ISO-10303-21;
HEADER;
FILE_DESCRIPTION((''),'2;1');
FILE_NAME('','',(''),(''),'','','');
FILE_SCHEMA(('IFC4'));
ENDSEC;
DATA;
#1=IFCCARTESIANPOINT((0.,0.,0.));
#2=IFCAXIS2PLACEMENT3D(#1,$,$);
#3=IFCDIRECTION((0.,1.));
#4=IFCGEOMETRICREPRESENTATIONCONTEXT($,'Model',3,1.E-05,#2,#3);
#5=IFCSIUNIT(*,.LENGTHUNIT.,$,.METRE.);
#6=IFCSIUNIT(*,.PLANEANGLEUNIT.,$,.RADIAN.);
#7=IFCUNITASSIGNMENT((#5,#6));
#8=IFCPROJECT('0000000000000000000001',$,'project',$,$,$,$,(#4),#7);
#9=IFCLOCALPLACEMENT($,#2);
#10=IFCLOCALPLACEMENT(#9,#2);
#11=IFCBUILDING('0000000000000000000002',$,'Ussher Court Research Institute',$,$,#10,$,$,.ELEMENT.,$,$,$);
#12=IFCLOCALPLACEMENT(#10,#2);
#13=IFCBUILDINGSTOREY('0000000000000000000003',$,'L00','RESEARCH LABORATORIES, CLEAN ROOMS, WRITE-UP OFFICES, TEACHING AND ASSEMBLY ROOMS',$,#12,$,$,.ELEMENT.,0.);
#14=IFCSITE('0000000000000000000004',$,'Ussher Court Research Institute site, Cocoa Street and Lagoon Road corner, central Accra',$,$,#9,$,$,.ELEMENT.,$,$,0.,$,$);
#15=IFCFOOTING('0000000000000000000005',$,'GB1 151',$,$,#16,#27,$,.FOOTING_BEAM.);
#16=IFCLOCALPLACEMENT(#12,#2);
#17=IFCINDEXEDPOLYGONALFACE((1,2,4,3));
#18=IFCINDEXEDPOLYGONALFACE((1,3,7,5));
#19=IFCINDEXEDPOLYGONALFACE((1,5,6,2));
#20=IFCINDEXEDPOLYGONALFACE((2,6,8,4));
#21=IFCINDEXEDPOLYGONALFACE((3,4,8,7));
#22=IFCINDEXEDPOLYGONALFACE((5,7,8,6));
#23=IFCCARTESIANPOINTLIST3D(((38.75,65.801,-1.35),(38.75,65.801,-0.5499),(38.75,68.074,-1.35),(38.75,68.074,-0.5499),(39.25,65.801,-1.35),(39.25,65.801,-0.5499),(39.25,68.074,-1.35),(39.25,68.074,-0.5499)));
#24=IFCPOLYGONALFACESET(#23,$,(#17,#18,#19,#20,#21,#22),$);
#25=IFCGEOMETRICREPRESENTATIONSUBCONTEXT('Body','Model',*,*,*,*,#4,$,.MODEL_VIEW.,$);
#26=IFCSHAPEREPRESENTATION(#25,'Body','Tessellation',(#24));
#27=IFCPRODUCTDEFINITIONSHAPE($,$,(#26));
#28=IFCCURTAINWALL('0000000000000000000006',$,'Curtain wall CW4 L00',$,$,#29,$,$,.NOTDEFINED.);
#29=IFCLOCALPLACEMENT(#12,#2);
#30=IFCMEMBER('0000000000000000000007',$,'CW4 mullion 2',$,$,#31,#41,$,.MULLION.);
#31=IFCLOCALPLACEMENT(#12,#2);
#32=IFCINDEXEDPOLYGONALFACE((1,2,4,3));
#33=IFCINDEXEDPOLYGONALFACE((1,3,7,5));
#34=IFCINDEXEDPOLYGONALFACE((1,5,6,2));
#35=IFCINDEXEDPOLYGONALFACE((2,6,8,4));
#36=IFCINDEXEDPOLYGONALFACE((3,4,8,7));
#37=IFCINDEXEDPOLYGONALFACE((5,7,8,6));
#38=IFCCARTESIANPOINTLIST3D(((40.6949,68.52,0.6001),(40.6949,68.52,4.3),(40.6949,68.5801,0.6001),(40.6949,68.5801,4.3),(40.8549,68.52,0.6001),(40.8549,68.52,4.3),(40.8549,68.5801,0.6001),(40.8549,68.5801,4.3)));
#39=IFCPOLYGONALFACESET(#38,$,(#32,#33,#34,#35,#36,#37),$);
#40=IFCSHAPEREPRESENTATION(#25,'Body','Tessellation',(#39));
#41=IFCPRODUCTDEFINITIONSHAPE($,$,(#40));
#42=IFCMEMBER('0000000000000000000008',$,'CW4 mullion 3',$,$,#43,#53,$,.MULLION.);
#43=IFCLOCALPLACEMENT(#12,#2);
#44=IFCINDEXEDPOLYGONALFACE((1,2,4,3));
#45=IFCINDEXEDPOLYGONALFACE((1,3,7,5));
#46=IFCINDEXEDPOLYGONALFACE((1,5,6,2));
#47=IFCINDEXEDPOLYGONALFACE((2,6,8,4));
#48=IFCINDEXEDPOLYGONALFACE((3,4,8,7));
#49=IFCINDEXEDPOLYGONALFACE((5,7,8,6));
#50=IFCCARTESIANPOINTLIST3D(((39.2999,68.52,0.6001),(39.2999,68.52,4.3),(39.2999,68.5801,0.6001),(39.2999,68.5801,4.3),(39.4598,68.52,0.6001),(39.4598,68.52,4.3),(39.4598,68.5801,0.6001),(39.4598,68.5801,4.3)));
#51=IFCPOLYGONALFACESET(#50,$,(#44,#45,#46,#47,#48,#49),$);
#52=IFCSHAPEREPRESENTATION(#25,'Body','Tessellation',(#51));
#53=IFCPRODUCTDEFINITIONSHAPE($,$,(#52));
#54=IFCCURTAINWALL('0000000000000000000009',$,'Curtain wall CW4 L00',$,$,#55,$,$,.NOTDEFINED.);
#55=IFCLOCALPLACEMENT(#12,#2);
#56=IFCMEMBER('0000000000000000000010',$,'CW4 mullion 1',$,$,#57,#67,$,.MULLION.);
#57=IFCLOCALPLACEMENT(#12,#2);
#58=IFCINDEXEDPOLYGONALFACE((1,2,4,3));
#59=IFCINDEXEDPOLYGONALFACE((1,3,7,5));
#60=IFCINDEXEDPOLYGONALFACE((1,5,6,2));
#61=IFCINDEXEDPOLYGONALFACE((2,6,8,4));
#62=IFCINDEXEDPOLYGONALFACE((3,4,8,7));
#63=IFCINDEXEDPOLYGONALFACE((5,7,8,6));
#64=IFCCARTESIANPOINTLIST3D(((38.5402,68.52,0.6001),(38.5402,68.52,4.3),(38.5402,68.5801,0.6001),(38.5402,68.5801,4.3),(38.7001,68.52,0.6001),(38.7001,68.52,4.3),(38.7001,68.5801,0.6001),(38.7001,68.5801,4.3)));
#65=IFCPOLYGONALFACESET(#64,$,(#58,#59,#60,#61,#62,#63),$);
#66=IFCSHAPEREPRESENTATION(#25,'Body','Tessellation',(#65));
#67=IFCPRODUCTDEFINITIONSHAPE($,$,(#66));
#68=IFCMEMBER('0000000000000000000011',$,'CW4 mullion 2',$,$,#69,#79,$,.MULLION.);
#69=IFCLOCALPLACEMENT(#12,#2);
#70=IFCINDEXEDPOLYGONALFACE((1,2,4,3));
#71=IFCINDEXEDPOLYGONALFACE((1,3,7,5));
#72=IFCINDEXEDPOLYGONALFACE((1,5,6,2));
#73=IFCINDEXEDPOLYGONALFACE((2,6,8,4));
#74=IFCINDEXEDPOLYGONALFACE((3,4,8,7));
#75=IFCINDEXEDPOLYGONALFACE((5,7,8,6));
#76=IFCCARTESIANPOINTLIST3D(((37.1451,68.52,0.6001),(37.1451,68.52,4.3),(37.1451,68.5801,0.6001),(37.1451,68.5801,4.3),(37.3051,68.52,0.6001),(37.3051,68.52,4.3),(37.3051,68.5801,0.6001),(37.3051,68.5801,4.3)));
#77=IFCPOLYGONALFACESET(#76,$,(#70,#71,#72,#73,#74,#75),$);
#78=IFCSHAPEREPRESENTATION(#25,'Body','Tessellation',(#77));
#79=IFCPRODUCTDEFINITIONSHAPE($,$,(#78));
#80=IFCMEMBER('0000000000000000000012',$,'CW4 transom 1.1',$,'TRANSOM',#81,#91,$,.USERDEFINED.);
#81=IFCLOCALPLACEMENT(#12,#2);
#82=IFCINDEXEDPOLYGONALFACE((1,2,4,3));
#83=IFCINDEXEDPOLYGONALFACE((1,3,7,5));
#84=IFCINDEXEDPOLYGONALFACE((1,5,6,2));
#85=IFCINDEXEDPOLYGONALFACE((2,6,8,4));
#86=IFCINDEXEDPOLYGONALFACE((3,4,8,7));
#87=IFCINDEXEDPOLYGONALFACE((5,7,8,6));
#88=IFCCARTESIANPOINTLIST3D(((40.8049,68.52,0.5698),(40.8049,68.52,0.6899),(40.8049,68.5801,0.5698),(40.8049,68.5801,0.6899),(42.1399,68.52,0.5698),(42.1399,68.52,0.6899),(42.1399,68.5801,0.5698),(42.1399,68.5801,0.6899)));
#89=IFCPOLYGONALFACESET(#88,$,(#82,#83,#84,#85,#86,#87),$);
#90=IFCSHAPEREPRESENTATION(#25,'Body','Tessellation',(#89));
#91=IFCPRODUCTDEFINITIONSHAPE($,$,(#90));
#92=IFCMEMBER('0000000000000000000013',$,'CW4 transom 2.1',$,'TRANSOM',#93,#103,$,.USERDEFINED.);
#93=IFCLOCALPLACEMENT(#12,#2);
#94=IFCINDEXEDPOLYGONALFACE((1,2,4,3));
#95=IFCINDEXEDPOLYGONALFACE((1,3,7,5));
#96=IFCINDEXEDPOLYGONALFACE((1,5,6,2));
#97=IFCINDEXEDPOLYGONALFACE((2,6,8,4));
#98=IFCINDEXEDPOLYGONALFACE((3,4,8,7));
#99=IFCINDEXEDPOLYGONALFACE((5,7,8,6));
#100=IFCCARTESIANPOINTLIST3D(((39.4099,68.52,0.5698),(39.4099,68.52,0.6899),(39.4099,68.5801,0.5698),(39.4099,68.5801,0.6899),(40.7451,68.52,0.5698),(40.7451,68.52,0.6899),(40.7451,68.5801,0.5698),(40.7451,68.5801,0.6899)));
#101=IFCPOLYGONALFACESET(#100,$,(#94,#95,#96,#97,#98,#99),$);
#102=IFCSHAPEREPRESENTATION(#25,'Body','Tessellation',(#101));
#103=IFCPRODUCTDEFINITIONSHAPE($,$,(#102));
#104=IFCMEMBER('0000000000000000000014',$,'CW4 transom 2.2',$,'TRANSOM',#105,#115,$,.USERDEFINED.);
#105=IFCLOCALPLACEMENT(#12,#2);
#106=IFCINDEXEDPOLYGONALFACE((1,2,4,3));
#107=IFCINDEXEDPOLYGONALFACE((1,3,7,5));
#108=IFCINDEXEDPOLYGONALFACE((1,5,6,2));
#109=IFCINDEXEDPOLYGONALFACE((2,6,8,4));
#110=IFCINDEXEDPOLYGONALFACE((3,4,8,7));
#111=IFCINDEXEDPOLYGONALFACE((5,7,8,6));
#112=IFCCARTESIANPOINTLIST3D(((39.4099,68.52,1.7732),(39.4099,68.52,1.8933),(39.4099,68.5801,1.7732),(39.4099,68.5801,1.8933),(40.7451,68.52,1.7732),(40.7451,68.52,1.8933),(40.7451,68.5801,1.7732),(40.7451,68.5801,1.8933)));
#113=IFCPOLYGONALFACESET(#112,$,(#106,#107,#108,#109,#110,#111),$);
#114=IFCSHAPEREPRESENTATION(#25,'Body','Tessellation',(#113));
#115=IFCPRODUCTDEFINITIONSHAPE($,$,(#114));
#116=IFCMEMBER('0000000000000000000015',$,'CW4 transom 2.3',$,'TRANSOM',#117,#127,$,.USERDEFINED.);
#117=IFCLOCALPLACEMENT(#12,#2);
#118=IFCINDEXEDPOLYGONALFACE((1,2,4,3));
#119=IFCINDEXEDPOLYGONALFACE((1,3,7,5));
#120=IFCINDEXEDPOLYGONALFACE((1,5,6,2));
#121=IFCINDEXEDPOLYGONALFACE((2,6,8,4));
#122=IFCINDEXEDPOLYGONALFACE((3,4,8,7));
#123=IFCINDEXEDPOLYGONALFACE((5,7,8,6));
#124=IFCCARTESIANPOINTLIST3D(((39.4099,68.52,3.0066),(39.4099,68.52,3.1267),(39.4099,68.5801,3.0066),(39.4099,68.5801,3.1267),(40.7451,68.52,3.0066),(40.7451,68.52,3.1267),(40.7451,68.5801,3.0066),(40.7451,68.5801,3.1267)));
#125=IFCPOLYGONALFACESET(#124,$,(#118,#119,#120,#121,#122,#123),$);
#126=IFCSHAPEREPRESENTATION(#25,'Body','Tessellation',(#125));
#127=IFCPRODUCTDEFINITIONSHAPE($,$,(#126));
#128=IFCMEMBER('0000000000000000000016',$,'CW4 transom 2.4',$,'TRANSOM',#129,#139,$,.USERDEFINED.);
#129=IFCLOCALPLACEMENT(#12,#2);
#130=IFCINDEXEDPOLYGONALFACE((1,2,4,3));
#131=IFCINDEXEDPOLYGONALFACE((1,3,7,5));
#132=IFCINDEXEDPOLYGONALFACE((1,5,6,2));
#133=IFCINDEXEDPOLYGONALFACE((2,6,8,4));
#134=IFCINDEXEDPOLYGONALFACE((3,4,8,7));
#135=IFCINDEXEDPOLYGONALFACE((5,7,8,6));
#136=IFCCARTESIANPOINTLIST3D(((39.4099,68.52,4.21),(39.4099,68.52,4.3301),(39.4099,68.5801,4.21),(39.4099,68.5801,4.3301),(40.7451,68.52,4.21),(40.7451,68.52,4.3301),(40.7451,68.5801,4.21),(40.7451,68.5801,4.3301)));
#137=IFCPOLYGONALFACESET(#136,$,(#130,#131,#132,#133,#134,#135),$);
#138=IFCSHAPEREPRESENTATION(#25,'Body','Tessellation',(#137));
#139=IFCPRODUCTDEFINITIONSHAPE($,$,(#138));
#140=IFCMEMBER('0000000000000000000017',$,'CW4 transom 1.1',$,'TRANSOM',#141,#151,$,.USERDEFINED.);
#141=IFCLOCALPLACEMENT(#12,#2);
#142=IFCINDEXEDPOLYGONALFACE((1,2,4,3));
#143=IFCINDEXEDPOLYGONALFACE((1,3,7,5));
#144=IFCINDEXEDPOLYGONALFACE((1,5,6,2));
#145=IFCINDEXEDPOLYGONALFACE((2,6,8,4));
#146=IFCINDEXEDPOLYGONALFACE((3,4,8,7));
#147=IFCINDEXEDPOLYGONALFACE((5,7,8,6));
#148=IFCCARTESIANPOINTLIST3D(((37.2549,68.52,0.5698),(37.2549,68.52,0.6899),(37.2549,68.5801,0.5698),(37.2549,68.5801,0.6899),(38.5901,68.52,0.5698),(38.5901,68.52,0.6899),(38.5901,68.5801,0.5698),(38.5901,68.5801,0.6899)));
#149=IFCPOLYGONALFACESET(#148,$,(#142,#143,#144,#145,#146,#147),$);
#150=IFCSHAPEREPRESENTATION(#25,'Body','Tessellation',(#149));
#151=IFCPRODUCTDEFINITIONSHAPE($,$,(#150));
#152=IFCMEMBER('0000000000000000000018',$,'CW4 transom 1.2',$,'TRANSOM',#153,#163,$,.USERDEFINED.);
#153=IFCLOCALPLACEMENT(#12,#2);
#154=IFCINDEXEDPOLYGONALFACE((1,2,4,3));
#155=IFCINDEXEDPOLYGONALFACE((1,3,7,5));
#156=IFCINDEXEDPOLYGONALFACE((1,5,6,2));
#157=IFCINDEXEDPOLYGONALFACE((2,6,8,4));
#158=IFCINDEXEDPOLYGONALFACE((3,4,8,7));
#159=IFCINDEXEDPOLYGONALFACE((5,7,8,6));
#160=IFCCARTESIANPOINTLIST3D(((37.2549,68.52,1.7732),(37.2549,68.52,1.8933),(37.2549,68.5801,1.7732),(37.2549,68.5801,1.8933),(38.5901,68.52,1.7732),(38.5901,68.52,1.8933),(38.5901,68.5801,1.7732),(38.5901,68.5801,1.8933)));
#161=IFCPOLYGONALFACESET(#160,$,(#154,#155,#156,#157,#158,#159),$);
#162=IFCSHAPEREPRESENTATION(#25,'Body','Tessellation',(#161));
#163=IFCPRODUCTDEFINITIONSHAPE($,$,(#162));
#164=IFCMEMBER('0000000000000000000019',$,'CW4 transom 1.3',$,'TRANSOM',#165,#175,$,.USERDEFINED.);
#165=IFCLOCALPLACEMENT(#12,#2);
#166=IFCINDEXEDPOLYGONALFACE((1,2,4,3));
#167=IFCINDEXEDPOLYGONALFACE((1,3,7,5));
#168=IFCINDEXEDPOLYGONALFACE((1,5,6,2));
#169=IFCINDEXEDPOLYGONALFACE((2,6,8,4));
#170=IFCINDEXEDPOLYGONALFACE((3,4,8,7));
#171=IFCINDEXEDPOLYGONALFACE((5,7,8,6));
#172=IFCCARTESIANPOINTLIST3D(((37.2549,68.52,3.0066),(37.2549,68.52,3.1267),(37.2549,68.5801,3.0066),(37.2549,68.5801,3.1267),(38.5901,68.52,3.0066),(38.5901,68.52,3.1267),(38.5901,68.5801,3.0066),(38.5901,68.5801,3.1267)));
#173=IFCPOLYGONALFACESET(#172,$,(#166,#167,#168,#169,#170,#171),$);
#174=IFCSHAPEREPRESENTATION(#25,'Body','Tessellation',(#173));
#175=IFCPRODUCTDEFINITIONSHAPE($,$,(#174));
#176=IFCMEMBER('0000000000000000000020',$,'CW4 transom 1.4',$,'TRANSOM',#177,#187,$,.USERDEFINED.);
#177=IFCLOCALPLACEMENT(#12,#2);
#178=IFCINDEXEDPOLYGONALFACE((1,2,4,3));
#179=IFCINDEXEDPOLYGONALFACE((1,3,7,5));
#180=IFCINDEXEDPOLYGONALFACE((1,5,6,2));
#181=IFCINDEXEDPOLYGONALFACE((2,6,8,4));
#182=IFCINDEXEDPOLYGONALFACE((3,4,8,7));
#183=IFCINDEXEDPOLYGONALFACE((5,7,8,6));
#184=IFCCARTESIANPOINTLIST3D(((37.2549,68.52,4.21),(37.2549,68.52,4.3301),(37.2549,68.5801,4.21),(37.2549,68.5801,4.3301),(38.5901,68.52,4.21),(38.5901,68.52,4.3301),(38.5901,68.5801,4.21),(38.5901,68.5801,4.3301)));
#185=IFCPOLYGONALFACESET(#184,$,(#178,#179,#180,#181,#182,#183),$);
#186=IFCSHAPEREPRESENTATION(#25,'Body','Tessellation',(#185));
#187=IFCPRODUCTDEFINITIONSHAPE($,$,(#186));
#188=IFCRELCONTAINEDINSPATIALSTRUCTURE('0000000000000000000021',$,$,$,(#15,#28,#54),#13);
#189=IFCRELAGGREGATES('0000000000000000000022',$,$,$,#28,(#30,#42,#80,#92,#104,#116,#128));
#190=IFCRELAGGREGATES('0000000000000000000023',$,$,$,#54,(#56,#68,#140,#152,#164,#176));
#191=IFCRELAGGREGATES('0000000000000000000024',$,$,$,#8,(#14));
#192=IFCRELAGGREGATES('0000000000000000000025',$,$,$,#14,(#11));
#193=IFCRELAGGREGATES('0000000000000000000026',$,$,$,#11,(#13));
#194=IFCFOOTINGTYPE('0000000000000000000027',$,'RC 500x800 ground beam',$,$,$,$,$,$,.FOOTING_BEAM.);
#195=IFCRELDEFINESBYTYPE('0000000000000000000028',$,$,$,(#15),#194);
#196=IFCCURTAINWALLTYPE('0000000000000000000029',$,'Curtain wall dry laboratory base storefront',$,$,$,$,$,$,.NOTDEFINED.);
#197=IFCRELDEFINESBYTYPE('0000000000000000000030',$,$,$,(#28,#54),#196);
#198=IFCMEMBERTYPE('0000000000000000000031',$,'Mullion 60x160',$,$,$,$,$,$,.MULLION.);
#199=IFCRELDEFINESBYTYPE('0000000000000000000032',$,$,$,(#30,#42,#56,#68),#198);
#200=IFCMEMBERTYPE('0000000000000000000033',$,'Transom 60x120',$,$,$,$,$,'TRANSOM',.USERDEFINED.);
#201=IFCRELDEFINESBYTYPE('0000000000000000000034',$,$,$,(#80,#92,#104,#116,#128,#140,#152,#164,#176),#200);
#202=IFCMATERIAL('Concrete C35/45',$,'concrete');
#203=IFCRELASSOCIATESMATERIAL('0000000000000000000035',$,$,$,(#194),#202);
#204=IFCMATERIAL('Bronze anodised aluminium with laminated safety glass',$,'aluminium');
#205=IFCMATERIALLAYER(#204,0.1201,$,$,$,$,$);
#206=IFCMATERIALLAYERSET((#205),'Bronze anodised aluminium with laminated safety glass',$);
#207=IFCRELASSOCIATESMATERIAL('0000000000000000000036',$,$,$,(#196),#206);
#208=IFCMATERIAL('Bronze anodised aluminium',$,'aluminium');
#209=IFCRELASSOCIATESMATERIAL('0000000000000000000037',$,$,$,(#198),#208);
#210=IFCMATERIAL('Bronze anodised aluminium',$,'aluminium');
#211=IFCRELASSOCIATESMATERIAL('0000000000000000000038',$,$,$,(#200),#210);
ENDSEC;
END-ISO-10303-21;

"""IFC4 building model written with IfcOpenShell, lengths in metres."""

from ifc_helpers import new_model, si_unit, direction, frame, origin, origin_2d, place, context, subcontext, project, spatial, rectangle, extrude, material, layer, layer_set, material_profile, profile_set, type_object, element, aggregate, save


model = new_model("IFC4")

# Units and contexts
model_context = context("Model", 3, precision=1e-05, world=origin(), true_north=direction((0.0, 1.0)))
body_context = subcontext(model_context, "Body", "Model", "MODEL_VIEW")
ifc_project = project(units=[si_unit("LENGTHUNIT", "METRE"), si_unit("PLANEANGLEUNIT", "RADIAN")], contexts=[model_context])

# Site, building, storey
site_placement = place(None, origin())
site = spatial("IfcSite", under=ifc_project, at=site_placement, Name="Ussher Court Research Institute site, Cocoa Street and Lagoon Road corner, central Accra", CompositionType="ELEMENT", RefElevation=0.0)
building_placement = place(site_placement, origin())
building = spatial("IfcBuilding", under=site, at=building_placement, Name="Ussher Court Research Institute", CompositionType="ELEMENT")
storey_placement = place(building_placement, origin())
storey = spatial("IfcBuildingStorey", under=building, at=storey_placement, Name="L00", Description="RESEARCH LABORATORIES, CLEAN ROOMS, WRITE-UP OFFICES, TEACHING AND ASSEMBLY ROOMS", CompositionType="ELEMENT", Elevation=0.0)

# Footing
ifc_material_1 = material(Name="Concrete C35/45", Category="concrete")
ifc_material_profile_1 = material_profile(ifc_material_1, rectangle(XDim=0.5, YDim=0.8, at=origin_2d()), Name="RC 500x800")
ifc_profile_set_1 = profile_set([ifc_material_profile_1], Name="Concrete C35/45")
footing_type = type_object("IfcFootingType", Name="RC 500x800 ground beam", PredefinedType="FOOTING_BEAM", material=ifc_profile_set_1)
footing_placement = place(storey_placement, frame((39.0, 65.801, -0.95), z_axis=(0.0, 1.0, 0.0), x_axis=(-1.0, 0.0, 0.0)))
element("IfcFooting", 1, at=footing_placement, inside=storey, type_object=footing_type, Name="GB1 151", PredefinedType="FOOTING_BEAM", context=body_context, shape_type="SweptSolid", body=[
    extrude(rectangle(XDim=0.5, YDim=0.8, at=origin_2d()), origin(), (0.0, 0.0, 1.0), 2.2729),
])

# Curtain walls, members
ifc_material_2 = material(Name="Bronze anodised aluminium with laminated safety glass", Category="aluminium")
ifc_layer_1 = layer(ifc_material_2, 0.1201)
ifc_layer_set_1 = layer_set([ifc_layer_1], Name="Bronze anodised aluminium with laminated safety glass")
curtain_wall_type = type_object("IfcCurtainWallType", Name="Curtain wall dry laboratory base storefront", PredefinedType="NOTDEFINED", material=ifc_layer_set_1)
curtain_wall_1_placement = place(storey_placement, origin())
curtain_wall_1 = element("IfcCurtainWall", 2, at=curtain_wall_1_placement, inside=storey, type_object=curtain_wall_type, Name="Curtain wall CW4 L00", PredefinedType="NOTDEFINED")
ifc_material_3 = material(Name="Bronze anodised aluminium", Category="aluminium")
ifc_material_profile_2 = material_profile(ifc_material_3, rectangle(XDim=0.0601, YDim=0.1599, at=origin_2d()), Name="Mullion 60x160")
ifc_profile_set_2 = profile_set([ifc_material_profile_2], Name="Bronze anodised aluminium")
member_type_1 = type_object("IfcMemberType", Name="Mullion 60x160", PredefinedType="MULLION", material=ifc_profile_set_2)
member_1_placement = place(storey_placement, frame((40.7749, 68.55, 0.6001), z_axis=(0.0, 0.0, 1.0), x_axis=(0.0, -1.0, 0.0)))
member_1 = element("IfcMember", 3, at=member_1_placement, type_object=member_type_1, Name="CW4 mullion 2", PredefinedType="MULLION", context=body_context, shape_type="SweptSolid", body=[
    extrude(rectangle(XDim=0.0601, YDim=0.1599, at=origin_2d()), origin(), (0.0, 0.0, 1.0), 3.7),
])
member_2_placement = place(storey_placement, frame((39.3799, 68.55, 0.6001), z_axis=(0.0, 0.0, 1.0), x_axis=(0.0, -1.0, 0.0)))
member_2 = element("IfcMember", 4, at=member_2_placement, type_object=member_type_1, Name="CW4 mullion 3", PredefinedType="MULLION", context=body_context, shape_type="SweptSolid", body=[
    extrude(rectangle(XDim=0.0601, YDim=0.1599, at=origin_2d()), origin(), (0.0, 0.0, 1.0), 3.7),
])
curtain_wall_2_placement = place(storey_placement, origin())
curtain_wall_2 = element("IfcCurtainWall", 5, at=curtain_wall_2_placement, inside=storey, type_object=curtain_wall_type, Name="Curtain wall CW4 L00", PredefinedType="NOTDEFINED")
member_3_placement = place(storey_placement, frame((38.6201, 68.55, 0.6001), z_axis=(0.0, 0.0, 1.0), x_axis=(0.0, -1.0, 0.0)))
member_3 = element("IfcMember", 6, at=member_3_placement, type_object=member_type_1, Name="CW4 mullion 1", PredefinedType="MULLION", context=body_context, shape_type="SweptSolid", body=[
    extrude(rectangle(XDim=0.0601, YDim=0.1599, at=origin_2d()), origin(), (0.0, 0.0, 1.0), 3.7),
])
member_4_placement = place(storey_placement, frame((37.2251, 68.55, 0.6001), z_axis=(0.0, 0.0, 1.0), x_axis=(0.0, -1.0, 0.0)))
member_4 = element("IfcMember", 7, at=member_4_placement, type_object=member_type_1, Name="CW4 mullion 2", PredefinedType="MULLION", context=body_context, shape_type="SweptSolid", body=[
    extrude(rectangle(XDim=0.0601, YDim=0.1599, at=origin_2d()), origin(), (0.0, 0.0, 1.0), 3.7),
])

# Members
ifc_material_4 = material(Name="Bronze anodised aluminium", Category="aluminium")
ifc_material_profile_3 = material_profile(ifc_material_4, rectangle(XDim=0.0601, YDim=0.1201, at=origin_2d()), Name="Transom 60x120")
ifc_profile_set_3 = profile_set([ifc_material_profile_3], Name="Bronze anodised aluminium")
member_type_2 = type_object("IfcMemberType", Name="Transom 60x120", ElementType="TRANSOM", PredefinedType="USERDEFINED", material=ifc_profile_set_3)
member_5_placement = place(storey_placement, frame((42.1399, 68.55, 0.6299), z_axis=(-1.0, 0.0, 0.0), x_axis=(0.0, -1.0, 0.0)))
member_5 = element("IfcMember", 8, at=member_5_placement, type_object=member_type_2, Name="CW4 transom 1.1", ObjectType="TRANSOM", PredefinedType="USERDEFINED", context=body_context, shape_type="SweptSolid", body=[
    extrude(rectangle(XDim=0.0601, YDim=0.1201, at=origin_2d()), origin(), (0.0, 0.0, 1.0), 1.335),
])
member_6_placement = place(storey_placement, frame((40.7451, 68.55, 0.6299), z_axis=(-1.0, 0.0, 0.0), x_axis=(0.0, -1.0, 0.0)))
member_6 = element("IfcMember", 9, at=member_6_placement, type_object=member_type_2, Name="CW4 transom 2.1", ObjectType="TRANSOM", PredefinedType="USERDEFINED", context=body_context, shape_type="SweptSolid", body=[
    extrude(rectangle(XDim=0.0601, YDim=0.1201, at=origin_2d()), origin(), (0.0, 0.0, 1.0), 1.3352),
])
member_7_placement = place(storey_placement, frame((40.7451, 68.55, 1.8333), z_axis=(-1.0, 0.0, 0.0), x_axis=(0.0, -1.0, 0.0)))
member_7 = element("IfcMember", 10, at=member_7_placement, type_object=member_type_2, Name="CW4 transom 2.2", ObjectType="TRANSOM", PredefinedType="USERDEFINED", context=body_context, shape_type="SweptSolid", body=[
    extrude(rectangle(XDim=0.0601, YDim=0.1201, at=origin_2d()), origin(), (0.0, 0.0, 1.0), 1.3352),
])
member_8_placement = place(storey_placement, frame((40.7451, 68.55, 3.0667), z_axis=(-1.0, 0.0, 0.0), x_axis=(0.0, -1.0, 0.0)))
member_8 = element("IfcMember", 11, at=member_8_placement, type_object=member_type_2, Name="CW4 transom 2.3", ObjectType="TRANSOM", PredefinedType="USERDEFINED", context=body_context, shape_type="SweptSolid", body=[
    extrude(rectangle(XDim=0.0601, YDim=0.1201, at=origin_2d()), origin(), (0.0, 0.0, 1.0), 1.3352),
])
member_9_placement = place(storey_placement, frame((40.7451, 68.55, 4.27), z_axis=(-1.0, 0.0, 0.0), x_axis=(0.0, -1.0, 0.0)))
member_9 = element("IfcMember", 12, at=member_9_placement, type_object=member_type_2, Name="CW4 transom 2.4", ObjectType="TRANSOM", PredefinedType="USERDEFINED", context=body_context, shape_type="SweptSolid", body=[
    extrude(rectangle(XDim=0.0601, YDim=0.1201, at=origin_2d()), origin(), (0.0, 0.0, 1.0), 1.3352),
])
member_10_placement = place(storey_placement, frame((38.5901, 68.55, 0.6299), z_axis=(-1.0, 0.0, 0.0), x_axis=(0.0, -1.0, 0.0)))
member_10 = element("IfcMember", 13, at=member_10_placement, type_object=member_type_2, Name="CW4 transom 1.1", ObjectType="TRANSOM", PredefinedType="USERDEFINED", context=body_context, shape_type="SweptSolid", body=[
    extrude(rectangle(XDim=0.0601, YDim=0.1201, at=origin_2d()), origin(), (0.0, 0.0, 1.0), 1.3352),
])
member_11_placement = place(storey_placement, frame((38.5901, 68.55, 1.8333), z_axis=(-1.0, 0.0, 0.0), x_axis=(0.0, -1.0, 0.0)))
member_11 = element("IfcMember", 14, at=member_11_placement, type_object=member_type_2, Name="CW4 transom 1.2", ObjectType="TRANSOM", PredefinedType="USERDEFINED", context=body_context, shape_type="SweptSolid", body=[
    extrude(rectangle(XDim=0.0601, YDim=0.1201, at=origin_2d()), origin(), (0.0, 0.0, 1.0), 1.3352),
])
member_12_placement = place(storey_placement, frame((38.5901, 68.55, 3.0667), z_axis=(-1.0, 0.0, 0.0), x_axis=(0.0, -1.0, 0.0)))
member_12 = element("IfcMember", 15, at=member_12_placement, type_object=member_type_2, Name="CW4 transom 1.3", ObjectType="TRANSOM", PredefinedType="USERDEFINED", context=body_context, shape_type="SweptSolid", body=[
    extrude(rectangle(XDim=0.0601, YDim=0.1201, at=origin_2d()), origin(), (0.0, 0.0, 1.0), 1.3352),
])
member_13_placement = place(storey_placement, frame((38.5901, 68.55, 4.27), z_axis=(-1.0, 0.0, 0.0), x_axis=(0.0, -1.0, 0.0)))
member_13 = element("IfcMember", 16, at=member_13_placement, type_object=member_type_2, Name="CW4 transom 1.4", ObjectType="TRANSOM", PredefinedType="USERDEFINED", context=body_context, shape_type="SweptSolid", body=[
    extrude(rectangle(XDim=0.0601, YDim=0.1201, at=origin_2d()), origin(), (0.0, 0.0, 1.0), 1.3352),
])

aggregate(curtain_wall_1, [member_1, member_2, member_5, member_6, member_7, member_8, member_9])
aggregate(curtain_wall_2, [member_3, member_4, member_10, member_11, member_12, member_13])

save(model, "model.ifc")
